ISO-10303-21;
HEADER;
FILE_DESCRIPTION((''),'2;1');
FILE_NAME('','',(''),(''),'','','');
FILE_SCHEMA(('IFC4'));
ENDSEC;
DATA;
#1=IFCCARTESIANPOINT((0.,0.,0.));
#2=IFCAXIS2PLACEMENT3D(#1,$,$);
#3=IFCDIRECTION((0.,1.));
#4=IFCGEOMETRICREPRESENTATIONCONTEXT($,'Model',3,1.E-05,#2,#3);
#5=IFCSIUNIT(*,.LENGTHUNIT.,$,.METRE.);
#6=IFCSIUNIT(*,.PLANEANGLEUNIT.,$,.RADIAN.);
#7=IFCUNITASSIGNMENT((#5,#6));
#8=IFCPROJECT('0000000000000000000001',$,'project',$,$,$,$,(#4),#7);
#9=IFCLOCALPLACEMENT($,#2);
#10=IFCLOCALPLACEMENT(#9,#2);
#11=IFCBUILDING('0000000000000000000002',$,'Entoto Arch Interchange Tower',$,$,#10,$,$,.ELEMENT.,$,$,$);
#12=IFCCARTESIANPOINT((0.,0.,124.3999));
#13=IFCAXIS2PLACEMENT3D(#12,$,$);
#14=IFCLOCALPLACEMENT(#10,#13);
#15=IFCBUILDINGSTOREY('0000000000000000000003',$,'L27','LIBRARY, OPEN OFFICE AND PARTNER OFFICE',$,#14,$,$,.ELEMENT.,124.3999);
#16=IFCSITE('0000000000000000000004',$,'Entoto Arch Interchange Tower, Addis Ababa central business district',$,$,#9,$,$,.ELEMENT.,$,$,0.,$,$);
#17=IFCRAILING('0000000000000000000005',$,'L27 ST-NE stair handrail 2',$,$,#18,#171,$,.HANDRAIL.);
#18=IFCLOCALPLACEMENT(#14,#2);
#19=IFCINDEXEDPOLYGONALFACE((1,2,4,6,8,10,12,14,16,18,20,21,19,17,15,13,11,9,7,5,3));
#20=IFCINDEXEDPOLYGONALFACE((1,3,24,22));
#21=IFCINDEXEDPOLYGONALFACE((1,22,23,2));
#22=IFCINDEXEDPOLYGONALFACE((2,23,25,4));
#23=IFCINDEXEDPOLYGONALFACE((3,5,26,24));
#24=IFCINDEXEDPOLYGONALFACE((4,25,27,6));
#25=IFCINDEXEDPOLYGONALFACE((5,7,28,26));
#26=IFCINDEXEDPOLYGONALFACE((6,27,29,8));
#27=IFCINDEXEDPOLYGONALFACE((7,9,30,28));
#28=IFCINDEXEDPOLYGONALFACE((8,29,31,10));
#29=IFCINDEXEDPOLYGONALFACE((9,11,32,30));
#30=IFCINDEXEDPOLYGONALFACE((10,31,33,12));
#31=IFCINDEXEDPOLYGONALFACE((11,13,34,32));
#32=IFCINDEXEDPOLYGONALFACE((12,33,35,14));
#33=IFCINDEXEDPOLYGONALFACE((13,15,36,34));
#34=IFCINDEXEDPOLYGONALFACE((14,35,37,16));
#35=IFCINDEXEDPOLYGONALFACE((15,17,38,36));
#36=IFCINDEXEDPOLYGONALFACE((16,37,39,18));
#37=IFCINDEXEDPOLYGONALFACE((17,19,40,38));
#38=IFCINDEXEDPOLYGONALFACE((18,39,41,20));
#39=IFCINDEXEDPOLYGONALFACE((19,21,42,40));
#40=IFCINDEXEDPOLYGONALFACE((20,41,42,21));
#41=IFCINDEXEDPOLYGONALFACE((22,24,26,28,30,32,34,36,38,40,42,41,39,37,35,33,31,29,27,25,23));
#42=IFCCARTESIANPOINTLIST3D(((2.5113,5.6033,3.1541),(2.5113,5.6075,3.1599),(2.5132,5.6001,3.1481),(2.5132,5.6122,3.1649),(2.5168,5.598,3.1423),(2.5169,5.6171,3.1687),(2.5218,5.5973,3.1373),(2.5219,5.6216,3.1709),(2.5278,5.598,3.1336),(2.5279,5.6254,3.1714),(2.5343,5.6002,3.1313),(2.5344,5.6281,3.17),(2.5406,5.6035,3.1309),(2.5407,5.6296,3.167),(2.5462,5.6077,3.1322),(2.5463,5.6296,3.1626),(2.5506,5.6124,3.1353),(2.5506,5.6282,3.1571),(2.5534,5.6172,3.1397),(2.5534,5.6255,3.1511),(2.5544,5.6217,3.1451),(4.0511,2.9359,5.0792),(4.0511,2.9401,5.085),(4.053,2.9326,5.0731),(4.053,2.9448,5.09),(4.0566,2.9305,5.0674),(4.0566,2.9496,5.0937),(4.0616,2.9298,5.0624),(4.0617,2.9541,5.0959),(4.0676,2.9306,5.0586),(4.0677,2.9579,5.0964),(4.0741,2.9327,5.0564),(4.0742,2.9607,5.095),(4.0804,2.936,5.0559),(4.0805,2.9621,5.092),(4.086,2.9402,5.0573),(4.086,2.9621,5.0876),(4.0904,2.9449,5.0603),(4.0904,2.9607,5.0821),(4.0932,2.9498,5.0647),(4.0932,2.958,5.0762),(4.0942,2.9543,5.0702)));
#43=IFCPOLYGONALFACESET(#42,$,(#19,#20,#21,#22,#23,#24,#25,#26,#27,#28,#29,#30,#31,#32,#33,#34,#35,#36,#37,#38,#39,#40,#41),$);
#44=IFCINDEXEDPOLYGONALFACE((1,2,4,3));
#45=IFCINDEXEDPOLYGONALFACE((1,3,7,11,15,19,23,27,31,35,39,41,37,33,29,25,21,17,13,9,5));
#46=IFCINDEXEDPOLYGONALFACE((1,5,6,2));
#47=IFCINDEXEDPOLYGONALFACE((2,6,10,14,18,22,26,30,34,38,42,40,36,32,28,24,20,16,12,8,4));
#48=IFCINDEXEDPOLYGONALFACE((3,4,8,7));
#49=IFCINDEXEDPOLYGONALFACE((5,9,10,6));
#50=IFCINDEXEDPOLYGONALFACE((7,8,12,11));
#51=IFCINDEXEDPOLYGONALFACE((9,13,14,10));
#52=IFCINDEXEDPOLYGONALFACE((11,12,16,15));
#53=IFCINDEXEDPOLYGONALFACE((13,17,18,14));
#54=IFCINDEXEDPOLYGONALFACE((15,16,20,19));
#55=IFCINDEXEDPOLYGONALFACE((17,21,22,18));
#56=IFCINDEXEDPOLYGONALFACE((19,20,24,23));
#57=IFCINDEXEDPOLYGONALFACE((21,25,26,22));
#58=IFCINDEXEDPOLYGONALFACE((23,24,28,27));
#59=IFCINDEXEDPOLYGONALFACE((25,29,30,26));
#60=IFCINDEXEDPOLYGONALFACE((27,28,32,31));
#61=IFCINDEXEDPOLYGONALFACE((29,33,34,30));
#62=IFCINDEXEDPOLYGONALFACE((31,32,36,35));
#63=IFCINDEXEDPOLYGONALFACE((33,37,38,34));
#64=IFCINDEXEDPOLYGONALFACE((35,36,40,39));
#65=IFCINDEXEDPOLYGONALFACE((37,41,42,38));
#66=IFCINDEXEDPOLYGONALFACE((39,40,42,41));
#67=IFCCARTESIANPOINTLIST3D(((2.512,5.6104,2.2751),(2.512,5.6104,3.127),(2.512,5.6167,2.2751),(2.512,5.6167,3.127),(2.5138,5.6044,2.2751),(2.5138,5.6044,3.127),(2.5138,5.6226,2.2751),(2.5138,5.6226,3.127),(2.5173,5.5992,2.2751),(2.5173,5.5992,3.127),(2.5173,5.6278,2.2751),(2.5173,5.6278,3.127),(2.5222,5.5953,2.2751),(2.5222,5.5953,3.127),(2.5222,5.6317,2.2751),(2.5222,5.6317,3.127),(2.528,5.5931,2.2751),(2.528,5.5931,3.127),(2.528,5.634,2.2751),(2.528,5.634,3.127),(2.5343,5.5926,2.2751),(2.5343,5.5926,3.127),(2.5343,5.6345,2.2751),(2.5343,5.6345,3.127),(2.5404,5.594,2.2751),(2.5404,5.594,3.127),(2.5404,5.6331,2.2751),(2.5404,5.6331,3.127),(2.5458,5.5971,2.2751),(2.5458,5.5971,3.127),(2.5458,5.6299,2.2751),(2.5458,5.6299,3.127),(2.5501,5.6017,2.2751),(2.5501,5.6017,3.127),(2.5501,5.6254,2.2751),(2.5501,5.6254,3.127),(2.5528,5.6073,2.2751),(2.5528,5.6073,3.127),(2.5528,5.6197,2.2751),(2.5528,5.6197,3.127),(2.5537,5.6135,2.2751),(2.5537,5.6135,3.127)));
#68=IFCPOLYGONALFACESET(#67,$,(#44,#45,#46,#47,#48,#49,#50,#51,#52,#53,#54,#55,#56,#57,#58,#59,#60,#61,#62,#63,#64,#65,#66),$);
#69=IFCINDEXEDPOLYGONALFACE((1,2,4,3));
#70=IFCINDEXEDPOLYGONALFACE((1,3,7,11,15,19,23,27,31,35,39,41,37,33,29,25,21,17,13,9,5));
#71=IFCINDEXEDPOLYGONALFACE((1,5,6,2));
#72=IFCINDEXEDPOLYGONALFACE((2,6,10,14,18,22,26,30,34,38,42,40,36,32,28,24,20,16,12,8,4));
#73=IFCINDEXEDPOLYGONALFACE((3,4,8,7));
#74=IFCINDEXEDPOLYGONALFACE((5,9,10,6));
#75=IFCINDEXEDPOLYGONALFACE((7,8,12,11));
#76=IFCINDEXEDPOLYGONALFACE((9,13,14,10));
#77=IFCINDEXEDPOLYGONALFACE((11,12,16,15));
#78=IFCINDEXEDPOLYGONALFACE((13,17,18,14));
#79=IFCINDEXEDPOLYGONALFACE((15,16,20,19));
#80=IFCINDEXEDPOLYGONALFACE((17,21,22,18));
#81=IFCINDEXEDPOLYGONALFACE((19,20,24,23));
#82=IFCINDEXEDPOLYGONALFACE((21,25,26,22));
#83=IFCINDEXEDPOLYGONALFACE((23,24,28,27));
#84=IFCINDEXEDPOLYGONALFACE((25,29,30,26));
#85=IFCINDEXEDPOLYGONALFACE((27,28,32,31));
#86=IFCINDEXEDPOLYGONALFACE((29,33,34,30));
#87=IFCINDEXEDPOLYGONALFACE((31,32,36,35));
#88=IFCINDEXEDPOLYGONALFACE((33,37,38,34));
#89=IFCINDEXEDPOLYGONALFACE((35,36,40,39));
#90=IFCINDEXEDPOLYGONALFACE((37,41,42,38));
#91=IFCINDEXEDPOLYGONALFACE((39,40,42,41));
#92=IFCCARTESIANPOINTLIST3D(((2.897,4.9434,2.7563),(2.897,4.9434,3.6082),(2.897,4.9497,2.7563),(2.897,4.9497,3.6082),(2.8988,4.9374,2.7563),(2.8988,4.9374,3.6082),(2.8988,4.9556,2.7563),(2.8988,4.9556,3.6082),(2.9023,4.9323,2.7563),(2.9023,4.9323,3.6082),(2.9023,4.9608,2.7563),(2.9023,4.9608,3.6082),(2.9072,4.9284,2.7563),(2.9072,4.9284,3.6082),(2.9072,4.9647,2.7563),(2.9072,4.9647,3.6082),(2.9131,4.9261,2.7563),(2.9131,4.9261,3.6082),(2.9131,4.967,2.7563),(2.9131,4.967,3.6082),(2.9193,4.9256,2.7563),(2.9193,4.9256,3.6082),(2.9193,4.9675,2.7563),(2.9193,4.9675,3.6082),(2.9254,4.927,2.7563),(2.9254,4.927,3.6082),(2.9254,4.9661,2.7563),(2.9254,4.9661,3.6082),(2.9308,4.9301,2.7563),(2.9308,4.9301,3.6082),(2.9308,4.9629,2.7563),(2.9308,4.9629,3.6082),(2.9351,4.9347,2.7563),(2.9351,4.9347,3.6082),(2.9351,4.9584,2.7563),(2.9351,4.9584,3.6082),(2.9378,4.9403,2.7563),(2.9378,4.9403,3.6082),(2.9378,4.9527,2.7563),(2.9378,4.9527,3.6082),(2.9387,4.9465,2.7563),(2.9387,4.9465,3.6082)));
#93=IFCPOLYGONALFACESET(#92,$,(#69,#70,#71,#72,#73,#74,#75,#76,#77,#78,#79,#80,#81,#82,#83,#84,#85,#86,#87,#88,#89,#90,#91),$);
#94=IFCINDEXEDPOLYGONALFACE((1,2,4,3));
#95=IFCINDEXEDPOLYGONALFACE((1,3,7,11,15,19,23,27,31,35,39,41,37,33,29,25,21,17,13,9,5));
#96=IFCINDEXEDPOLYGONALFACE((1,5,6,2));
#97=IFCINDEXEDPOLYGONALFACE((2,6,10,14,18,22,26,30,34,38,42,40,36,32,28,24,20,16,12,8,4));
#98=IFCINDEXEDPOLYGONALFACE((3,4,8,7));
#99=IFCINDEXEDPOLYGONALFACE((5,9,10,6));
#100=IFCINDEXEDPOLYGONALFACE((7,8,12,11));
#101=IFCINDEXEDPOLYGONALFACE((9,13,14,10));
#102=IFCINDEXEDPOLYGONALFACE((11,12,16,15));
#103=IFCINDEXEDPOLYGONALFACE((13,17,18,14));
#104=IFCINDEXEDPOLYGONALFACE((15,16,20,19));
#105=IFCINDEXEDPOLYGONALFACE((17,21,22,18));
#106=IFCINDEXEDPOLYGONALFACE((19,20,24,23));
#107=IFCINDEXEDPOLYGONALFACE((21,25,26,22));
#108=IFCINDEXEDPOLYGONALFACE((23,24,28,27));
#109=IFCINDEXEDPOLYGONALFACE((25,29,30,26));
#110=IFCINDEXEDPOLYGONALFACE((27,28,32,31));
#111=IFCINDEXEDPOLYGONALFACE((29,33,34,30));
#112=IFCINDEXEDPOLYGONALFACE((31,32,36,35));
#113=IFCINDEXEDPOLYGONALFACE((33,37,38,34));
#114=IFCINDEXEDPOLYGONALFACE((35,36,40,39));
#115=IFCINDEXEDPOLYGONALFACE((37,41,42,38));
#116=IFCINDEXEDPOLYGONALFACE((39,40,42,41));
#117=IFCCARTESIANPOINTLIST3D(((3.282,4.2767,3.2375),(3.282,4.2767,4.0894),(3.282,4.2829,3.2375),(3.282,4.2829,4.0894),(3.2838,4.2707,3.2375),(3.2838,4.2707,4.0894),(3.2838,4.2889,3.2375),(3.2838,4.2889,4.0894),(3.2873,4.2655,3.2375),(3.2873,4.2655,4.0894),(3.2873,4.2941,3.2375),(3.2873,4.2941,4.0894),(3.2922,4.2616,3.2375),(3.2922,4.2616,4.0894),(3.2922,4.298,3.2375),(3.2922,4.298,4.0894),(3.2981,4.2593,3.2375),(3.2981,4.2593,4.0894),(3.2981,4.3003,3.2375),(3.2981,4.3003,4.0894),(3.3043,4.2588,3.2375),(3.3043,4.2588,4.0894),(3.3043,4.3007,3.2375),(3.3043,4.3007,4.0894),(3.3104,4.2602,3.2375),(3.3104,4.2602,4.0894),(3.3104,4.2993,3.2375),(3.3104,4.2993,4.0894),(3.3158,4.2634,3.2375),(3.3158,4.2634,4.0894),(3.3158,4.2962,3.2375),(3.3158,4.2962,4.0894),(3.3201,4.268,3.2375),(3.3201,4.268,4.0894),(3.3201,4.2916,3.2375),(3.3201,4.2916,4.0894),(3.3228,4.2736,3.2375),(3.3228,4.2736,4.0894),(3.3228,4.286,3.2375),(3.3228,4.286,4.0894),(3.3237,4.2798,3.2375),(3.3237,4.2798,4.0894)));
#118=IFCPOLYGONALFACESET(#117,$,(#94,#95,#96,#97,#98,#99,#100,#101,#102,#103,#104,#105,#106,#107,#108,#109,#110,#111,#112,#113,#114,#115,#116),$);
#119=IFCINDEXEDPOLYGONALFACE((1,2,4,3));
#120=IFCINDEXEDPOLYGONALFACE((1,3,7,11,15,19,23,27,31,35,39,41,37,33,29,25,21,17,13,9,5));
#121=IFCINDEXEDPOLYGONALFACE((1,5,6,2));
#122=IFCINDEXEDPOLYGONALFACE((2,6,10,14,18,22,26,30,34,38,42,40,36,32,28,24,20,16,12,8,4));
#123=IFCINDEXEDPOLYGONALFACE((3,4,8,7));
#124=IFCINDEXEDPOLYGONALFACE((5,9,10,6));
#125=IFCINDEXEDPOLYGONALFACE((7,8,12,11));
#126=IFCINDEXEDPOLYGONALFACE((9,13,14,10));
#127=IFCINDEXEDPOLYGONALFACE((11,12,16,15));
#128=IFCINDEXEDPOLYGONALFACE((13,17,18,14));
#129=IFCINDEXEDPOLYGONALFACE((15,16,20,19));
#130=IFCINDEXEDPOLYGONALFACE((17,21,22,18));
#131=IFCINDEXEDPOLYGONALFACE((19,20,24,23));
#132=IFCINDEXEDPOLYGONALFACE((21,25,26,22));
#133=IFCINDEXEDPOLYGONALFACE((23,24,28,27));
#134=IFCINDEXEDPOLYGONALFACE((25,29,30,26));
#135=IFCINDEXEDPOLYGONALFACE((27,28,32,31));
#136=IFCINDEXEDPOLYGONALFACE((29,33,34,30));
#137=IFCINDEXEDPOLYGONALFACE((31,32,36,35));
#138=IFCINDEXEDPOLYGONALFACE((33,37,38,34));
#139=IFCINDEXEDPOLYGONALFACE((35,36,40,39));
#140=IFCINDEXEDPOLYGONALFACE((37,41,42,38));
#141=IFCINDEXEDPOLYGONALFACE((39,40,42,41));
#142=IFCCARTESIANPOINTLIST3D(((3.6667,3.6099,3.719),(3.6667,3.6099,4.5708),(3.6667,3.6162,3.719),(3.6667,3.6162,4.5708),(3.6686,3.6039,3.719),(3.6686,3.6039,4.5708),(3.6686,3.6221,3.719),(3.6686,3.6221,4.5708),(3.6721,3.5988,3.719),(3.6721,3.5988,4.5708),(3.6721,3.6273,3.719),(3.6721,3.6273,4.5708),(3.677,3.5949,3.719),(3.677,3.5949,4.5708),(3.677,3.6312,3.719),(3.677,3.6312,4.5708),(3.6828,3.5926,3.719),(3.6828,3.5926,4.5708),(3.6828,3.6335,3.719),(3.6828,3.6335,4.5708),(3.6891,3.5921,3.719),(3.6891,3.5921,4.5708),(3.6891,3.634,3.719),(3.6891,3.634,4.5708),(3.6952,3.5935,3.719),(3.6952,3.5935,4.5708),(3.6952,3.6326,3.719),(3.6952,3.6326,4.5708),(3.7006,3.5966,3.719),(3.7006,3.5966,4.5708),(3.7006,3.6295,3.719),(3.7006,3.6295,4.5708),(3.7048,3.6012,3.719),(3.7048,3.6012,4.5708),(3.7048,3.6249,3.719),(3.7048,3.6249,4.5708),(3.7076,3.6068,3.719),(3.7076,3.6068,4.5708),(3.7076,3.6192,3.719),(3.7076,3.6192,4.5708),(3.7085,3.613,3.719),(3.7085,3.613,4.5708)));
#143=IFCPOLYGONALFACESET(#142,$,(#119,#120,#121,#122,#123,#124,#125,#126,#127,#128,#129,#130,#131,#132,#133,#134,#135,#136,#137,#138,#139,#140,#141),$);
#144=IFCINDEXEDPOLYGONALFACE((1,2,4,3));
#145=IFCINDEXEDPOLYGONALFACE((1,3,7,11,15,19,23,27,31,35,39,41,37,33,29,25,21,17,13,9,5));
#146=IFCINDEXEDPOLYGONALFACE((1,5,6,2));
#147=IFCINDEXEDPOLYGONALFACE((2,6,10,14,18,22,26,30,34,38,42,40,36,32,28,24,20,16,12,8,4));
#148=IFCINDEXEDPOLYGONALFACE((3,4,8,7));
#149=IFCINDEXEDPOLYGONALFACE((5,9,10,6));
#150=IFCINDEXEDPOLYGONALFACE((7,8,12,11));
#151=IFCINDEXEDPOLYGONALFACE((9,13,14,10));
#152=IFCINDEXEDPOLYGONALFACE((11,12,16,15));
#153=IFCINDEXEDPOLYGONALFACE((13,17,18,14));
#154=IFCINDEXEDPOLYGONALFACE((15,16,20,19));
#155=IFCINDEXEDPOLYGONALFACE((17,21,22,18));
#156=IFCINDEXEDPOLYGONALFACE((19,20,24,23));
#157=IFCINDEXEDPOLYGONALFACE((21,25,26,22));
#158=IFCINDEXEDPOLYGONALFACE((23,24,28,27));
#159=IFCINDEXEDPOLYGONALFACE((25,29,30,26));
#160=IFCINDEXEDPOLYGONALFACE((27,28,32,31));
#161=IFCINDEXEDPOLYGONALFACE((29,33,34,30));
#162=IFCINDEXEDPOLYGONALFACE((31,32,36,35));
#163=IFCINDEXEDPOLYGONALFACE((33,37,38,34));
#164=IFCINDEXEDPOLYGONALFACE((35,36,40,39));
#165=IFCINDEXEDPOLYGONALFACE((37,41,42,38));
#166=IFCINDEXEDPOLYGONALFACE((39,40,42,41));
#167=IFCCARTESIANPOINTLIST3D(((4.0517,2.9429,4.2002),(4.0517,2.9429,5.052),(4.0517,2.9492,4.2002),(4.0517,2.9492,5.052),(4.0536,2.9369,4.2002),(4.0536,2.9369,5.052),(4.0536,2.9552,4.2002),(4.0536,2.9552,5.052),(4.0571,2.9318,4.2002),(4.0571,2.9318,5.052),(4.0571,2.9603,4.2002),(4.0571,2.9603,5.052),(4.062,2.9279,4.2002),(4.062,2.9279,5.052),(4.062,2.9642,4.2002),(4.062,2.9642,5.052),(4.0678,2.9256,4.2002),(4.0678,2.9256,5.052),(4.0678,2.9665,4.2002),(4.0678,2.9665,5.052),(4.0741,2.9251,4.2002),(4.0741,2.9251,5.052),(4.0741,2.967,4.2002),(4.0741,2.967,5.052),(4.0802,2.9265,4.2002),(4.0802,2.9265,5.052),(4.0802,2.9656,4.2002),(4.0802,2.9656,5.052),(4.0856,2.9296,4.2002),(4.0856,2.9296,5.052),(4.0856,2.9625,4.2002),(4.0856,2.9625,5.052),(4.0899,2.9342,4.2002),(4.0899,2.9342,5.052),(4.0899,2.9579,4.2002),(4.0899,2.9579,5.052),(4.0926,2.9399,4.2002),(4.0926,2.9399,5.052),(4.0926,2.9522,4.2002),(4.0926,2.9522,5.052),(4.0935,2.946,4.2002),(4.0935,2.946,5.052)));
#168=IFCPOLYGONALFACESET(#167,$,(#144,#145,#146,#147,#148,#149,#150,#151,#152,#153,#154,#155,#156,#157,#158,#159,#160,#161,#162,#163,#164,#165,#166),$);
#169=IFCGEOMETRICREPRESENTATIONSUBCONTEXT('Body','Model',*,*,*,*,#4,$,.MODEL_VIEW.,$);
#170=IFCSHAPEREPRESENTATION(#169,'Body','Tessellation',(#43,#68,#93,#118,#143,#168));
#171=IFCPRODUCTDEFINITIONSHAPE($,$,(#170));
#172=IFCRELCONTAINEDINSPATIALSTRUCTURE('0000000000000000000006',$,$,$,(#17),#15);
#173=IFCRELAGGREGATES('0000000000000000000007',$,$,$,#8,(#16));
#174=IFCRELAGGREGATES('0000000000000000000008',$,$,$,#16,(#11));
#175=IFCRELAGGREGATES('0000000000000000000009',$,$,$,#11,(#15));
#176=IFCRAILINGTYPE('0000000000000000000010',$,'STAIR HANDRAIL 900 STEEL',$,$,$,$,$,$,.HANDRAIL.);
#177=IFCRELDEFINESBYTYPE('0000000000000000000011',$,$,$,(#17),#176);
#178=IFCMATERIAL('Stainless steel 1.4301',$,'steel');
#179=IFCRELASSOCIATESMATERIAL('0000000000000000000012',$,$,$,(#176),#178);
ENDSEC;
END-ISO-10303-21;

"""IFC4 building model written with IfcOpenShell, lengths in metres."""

from ifc_helpers import new_model, si_unit, direction, frame, origin, origin_2d, place, context, subcontext, project, spatial, circle, extrude, material, type_object, element, save


model = new_model("IFC4")

# Units and contexts
model_context = context("Model", 3, precision=1e-05, world=origin(), true_north=direction((0.0, 1.0)))
body_context = subcontext(model_context, "Body", "Model", "MODEL_VIEW")
ifc_project = project(units=[si_unit("LENGTHUNIT", "METRE"), si_unit("PLANEANGLEUNIT", "RADIAN")], contexts=[model_context])

# Site, building, storey
site_placement = place(None, origin())
site = spatial("IfcSite", under=ifc_project, at=site_placement, Name="Entoto Arch Interchange Tower, Addis Ababa central business district", CompositionType="ELEMENT", RefElevation=0.0)
building_placement = place(site_placement, origin())
building = spatial("IfcBuilding", under=site, at=building_placement, Name="Entoto Arch Interchange Tower", CompositionType="ELEMENT")
storey_placement = place(building_placement, frame((0.0, 0.0, 124.3999)))
storey = spatial("IfcBuildingStorey", under=building, at=storey_placement, Name="L27", Description="LIBRARY, OPEN OFFICE AND PARTNER OFFICE", CompositionType="ELEMENT", Elevation=124.3999)

# Railing
ifc_material_1 = material(Name="Stainless steel 1.4301", Category="steel")
railing_type_1 = type_object("IfcRailingType", Name="STAIR HANDRAIL 900 STEEL", PredefinedType="HANDRAIL", material=ifc_material_1)
railing_1_placement = place(storey_placement, frame((2.5327, 5.6135, 2.2751)))
element("IfcRailing", 1, at=railing_1_placement, inside=storey, type_object=railing_type_1, Name="L27 ST-NE stair handrail 2", PredefinedType="HANDRAIL", context=body_context, shape_type="SweptSolid", body=[
    extrude(circle(Radius=0.0239, at=origin_2d()), frame((0.0, 0.0, 0.876), z_axis=(0.423939, -0.734416, 0.530008), x_axis=(0.866064, 0.499933, 0.0)), (0.0, 0.0, 1.0), 3.6321),
    extrude(circle(Radius=0.021, at=origin_2d()), origin(), (0.0, 0.0, 1.0), 0.8518),
    extrude(circle(Radius=0.021, at=origin_2d()), frame((0.385, -0.667, 0.4812)), (0.0, 0.0, 1.0), 0.8518),
    extrude(circle(Radius=0.021, at=origin_2d()), frame((0.77, -1.3337, 0.9624)), (0.0, 0.0, 1.0), 0.8518),
    extrude(circle(Radius=0.021, at=origin_2d()), frame((1.1548, -2.0005, 1.4438)), (0.0, 0.0, 1.0), 0.8518),
    extrude(circle(Radius=0.021, at=origin_2d()), frame((1.5398, -2.6675, 1.925)), (0.0, 0.0, 1.0), 0.8518),
])

save(model, "model.ifc")
